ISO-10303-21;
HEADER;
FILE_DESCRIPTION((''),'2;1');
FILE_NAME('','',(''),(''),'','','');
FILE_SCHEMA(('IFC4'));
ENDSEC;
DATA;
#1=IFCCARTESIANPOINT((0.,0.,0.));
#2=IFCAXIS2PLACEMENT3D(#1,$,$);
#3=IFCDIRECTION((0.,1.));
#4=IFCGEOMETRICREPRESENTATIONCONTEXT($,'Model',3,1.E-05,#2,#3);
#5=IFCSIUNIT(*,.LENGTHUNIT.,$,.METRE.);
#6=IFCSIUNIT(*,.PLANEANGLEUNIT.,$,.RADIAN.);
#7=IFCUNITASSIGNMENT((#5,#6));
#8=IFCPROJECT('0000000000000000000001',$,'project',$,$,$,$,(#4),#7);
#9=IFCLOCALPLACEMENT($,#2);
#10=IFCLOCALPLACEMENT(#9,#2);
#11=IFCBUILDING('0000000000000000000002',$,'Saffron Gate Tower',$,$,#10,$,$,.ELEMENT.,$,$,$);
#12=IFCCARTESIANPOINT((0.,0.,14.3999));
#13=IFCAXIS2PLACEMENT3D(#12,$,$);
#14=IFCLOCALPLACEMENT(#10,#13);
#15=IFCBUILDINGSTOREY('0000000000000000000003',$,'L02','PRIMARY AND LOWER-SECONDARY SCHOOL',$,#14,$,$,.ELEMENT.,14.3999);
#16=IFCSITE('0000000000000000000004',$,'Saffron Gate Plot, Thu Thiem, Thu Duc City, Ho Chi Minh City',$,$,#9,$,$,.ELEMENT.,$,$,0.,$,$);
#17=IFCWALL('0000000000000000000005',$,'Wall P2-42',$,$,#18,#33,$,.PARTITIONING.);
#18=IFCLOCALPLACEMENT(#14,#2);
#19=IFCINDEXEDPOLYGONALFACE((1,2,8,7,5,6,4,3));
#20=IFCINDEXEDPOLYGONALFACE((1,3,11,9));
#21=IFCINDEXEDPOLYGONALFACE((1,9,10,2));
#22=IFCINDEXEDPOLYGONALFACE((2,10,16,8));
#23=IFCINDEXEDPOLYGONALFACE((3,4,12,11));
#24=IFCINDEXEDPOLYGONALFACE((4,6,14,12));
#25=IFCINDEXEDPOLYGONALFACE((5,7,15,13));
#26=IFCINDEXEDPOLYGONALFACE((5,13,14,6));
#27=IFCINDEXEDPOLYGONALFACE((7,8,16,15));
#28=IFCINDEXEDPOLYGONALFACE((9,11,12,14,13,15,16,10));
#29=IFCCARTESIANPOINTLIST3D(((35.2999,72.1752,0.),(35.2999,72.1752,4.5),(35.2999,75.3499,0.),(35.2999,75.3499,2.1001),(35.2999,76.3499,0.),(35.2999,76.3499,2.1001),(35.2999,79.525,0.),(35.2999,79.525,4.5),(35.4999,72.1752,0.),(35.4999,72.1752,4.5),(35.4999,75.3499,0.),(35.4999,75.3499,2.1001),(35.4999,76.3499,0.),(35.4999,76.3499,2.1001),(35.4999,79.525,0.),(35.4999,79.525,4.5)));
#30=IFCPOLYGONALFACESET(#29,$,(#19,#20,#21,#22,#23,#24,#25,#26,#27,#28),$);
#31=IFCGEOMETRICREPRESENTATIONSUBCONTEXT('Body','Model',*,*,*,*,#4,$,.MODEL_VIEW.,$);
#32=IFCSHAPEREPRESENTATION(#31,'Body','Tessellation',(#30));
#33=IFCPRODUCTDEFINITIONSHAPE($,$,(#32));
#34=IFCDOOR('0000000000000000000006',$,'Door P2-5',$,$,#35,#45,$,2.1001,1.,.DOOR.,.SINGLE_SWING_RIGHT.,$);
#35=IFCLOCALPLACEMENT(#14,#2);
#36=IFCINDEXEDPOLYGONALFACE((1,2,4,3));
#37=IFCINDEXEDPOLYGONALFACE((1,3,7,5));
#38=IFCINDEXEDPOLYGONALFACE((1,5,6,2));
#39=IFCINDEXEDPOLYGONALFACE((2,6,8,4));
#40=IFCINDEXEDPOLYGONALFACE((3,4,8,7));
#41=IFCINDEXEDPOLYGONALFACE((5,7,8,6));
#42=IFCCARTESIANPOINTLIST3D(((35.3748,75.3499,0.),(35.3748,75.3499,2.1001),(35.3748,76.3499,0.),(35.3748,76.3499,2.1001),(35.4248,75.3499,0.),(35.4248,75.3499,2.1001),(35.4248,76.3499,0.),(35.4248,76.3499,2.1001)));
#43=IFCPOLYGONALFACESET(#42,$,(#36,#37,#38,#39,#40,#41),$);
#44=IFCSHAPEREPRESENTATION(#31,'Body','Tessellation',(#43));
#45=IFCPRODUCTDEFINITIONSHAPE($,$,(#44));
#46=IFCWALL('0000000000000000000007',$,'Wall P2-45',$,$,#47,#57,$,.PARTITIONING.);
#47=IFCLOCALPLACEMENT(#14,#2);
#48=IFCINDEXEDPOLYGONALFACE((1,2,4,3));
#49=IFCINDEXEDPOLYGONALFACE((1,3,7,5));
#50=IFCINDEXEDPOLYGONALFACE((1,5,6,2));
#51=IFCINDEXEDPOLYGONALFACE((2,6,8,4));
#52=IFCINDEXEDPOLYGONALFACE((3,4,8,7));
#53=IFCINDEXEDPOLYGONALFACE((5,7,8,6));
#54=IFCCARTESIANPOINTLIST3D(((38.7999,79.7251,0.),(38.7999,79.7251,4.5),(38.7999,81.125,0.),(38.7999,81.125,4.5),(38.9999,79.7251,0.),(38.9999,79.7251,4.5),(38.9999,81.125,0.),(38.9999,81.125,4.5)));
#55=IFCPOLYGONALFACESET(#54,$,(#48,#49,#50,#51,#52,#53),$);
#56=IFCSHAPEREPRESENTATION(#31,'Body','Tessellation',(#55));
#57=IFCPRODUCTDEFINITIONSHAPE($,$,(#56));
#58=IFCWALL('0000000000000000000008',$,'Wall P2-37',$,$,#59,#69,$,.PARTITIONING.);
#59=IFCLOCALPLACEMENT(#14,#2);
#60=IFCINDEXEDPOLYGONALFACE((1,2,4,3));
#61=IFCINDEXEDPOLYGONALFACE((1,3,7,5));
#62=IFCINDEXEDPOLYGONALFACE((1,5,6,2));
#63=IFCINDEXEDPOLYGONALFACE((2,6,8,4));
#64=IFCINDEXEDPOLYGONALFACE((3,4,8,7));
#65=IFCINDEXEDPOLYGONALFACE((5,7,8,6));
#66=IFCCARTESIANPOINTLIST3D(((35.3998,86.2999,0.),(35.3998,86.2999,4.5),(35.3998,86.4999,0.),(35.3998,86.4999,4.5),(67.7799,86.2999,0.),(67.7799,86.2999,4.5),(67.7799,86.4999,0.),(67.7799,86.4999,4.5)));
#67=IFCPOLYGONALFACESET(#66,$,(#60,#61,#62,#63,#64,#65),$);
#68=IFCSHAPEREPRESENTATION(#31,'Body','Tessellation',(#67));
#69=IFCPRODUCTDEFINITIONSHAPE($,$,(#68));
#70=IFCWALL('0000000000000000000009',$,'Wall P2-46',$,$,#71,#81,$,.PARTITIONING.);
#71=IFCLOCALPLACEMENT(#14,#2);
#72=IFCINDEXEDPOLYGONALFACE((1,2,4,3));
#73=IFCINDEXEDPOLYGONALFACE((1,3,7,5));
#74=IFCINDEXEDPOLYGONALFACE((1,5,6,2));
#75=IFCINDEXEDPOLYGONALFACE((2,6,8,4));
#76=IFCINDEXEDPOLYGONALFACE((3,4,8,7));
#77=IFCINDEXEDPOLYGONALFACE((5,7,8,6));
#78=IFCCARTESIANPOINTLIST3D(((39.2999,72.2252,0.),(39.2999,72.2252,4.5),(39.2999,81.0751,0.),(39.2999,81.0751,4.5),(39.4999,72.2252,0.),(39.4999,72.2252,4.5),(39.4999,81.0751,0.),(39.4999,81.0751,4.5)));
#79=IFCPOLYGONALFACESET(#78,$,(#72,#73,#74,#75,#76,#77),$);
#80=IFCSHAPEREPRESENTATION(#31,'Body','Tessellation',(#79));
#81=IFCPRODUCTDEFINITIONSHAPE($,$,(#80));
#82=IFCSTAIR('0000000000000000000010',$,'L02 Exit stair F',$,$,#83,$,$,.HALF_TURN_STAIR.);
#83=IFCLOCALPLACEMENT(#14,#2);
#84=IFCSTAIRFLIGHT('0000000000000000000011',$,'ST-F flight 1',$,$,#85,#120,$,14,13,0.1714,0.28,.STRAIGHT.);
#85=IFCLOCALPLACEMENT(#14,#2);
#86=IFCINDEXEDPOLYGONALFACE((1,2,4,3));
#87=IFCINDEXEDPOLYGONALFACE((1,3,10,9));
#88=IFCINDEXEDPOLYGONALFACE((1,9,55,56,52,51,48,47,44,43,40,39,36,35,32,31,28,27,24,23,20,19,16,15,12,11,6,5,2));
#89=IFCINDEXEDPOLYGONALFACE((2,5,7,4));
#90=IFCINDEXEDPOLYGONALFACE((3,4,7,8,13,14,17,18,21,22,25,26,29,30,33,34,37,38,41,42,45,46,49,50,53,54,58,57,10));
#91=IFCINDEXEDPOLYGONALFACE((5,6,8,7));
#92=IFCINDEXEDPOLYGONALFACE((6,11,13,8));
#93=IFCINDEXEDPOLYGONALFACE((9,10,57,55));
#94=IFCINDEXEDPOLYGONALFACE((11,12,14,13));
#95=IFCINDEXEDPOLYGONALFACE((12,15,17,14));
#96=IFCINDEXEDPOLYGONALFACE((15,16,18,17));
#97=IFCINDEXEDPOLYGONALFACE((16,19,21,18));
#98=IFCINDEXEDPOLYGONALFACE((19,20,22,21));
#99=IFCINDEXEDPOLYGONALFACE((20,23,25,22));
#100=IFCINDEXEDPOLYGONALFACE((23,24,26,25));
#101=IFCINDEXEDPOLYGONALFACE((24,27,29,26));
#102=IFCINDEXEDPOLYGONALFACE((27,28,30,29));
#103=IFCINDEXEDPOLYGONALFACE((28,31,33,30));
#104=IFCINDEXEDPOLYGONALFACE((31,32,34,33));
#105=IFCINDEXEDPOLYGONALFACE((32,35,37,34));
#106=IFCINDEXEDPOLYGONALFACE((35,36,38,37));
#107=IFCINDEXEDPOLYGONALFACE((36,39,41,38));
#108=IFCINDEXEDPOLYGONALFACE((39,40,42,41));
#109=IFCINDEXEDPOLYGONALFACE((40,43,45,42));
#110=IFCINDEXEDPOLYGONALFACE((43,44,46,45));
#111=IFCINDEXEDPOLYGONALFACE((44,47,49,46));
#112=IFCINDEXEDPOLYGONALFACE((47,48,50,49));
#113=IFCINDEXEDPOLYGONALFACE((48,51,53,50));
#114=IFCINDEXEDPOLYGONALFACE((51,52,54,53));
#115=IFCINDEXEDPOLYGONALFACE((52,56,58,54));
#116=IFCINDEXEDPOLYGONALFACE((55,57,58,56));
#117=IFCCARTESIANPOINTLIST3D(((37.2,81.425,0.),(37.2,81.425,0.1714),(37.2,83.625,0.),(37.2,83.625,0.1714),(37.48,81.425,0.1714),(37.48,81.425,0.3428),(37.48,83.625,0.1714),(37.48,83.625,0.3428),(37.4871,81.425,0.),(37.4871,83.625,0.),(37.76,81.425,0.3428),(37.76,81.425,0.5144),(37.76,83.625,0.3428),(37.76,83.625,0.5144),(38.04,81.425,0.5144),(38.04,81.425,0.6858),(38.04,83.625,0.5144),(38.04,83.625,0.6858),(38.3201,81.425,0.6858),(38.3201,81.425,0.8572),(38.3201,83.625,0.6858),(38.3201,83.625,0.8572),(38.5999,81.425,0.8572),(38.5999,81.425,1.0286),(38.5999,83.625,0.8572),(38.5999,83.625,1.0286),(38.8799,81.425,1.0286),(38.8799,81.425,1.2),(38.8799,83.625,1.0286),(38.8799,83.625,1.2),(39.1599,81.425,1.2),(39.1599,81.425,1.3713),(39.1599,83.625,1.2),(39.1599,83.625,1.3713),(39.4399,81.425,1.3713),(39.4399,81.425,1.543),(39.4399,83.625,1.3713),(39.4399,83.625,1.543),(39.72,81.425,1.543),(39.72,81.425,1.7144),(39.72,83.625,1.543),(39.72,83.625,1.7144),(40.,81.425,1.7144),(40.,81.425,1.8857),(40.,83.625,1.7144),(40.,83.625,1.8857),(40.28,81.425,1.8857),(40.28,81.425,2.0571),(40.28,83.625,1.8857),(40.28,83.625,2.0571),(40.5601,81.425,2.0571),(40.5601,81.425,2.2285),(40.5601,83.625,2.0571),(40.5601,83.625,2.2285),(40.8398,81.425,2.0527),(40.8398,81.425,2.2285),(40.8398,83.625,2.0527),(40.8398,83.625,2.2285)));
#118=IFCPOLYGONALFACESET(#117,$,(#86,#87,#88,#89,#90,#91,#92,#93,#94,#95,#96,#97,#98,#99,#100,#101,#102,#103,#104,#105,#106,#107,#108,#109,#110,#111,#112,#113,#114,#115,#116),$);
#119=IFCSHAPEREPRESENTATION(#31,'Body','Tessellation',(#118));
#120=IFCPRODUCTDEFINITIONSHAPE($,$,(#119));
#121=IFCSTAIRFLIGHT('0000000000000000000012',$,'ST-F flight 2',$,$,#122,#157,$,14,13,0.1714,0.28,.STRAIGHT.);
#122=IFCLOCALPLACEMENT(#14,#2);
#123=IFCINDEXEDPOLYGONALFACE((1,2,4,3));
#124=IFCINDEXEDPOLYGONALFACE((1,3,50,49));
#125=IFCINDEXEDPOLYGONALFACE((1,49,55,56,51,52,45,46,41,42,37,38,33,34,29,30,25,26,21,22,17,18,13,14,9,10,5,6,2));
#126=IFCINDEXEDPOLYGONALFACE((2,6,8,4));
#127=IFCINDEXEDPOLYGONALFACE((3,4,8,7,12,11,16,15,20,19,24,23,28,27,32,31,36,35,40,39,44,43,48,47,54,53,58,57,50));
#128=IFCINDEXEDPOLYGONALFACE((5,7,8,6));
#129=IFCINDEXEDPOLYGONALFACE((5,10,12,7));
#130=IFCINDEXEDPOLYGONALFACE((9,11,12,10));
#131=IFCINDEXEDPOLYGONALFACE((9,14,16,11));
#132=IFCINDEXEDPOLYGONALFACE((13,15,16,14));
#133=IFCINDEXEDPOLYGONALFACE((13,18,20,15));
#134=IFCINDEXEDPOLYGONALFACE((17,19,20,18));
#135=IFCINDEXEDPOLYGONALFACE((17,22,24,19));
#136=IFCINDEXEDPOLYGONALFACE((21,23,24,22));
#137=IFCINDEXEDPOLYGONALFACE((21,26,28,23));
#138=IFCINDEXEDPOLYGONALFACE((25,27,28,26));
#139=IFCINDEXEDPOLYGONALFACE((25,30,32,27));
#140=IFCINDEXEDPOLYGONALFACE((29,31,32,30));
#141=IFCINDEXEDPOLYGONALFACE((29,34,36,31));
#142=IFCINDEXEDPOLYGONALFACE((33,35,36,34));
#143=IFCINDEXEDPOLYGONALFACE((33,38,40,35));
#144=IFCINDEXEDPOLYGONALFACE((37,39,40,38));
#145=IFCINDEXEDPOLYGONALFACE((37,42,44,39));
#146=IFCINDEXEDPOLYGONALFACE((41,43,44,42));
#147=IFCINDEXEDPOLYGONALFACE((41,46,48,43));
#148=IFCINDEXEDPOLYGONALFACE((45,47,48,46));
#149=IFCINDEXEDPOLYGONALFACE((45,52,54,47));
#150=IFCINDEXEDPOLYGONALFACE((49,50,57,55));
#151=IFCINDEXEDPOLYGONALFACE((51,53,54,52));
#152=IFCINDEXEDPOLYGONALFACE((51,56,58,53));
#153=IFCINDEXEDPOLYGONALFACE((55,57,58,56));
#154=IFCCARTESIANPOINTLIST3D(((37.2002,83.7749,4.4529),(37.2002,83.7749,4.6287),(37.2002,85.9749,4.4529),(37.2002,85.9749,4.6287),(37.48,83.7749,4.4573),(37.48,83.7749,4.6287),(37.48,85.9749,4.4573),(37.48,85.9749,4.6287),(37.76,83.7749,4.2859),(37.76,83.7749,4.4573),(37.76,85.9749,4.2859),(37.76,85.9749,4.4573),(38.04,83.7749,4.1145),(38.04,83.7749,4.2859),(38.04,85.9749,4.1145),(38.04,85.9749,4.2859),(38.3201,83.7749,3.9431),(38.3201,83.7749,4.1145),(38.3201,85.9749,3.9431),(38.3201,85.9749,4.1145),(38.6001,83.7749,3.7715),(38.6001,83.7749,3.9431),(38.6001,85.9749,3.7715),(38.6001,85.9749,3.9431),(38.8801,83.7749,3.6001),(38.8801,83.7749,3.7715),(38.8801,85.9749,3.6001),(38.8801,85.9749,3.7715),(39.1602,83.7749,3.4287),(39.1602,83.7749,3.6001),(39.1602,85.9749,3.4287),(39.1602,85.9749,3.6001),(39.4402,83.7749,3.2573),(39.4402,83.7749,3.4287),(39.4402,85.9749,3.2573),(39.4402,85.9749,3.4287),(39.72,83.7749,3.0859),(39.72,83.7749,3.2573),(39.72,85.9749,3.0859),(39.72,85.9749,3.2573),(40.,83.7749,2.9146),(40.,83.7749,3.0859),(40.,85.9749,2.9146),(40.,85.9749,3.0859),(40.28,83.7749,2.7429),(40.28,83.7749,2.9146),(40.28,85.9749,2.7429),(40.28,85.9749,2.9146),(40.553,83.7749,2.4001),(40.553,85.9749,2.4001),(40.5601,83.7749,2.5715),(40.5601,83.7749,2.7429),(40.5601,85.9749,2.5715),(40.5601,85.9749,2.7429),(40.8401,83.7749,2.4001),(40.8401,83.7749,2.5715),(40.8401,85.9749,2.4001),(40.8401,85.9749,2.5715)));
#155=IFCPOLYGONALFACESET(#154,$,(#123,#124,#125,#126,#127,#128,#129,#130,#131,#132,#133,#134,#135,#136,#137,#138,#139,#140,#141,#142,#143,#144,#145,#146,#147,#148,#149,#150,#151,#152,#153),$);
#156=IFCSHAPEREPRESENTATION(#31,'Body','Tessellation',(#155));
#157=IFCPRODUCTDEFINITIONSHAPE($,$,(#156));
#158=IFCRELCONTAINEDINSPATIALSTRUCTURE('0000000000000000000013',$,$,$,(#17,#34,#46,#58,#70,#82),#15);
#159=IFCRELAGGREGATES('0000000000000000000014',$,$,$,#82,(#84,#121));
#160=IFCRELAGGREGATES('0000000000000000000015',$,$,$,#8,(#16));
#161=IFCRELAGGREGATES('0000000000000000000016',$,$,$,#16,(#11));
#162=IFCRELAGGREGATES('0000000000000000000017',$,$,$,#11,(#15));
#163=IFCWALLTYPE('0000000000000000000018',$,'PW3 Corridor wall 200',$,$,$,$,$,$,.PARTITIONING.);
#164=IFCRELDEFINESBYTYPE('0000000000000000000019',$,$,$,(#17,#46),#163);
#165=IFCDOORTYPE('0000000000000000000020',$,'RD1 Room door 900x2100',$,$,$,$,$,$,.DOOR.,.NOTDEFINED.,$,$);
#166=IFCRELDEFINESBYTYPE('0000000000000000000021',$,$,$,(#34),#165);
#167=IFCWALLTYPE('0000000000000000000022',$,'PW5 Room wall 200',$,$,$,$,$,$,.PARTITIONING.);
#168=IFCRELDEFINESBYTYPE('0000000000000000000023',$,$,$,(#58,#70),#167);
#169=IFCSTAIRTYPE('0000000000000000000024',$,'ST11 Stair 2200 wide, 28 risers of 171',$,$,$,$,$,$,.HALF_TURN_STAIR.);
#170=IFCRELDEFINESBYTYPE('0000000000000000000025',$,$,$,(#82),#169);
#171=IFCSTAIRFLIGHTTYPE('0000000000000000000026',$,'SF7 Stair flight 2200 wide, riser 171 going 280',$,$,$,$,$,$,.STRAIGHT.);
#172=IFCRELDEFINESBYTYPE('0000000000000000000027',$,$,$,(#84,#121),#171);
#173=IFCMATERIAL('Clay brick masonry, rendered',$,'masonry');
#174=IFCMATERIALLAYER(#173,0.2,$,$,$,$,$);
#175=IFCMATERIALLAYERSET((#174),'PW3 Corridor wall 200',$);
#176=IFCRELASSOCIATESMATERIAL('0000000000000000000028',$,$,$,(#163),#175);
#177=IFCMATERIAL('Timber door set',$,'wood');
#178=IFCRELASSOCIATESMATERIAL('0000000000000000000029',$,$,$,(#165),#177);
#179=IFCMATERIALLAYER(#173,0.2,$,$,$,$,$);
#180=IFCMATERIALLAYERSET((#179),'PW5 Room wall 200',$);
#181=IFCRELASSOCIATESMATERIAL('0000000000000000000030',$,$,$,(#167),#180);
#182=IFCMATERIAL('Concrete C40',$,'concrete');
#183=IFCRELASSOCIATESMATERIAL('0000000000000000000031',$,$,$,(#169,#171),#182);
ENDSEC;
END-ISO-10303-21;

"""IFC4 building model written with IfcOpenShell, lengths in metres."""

from ifc_helpers import new_model, si_unit, direction, frame, frame_2d, origin, place, context, subcontext, project, spatial, polyline, rectangle, outline, extrude, material, layer, layer_set, type_object, element, fill, aggregate, save


model = new_model("IFC4")

# Units and contexts
model_context = context("Model", 3, precision=1e-05, world=origin(), true_north=direction((0.0, 1.0)))
body_context = subcontext(model_context, "Body", "Model", "MODEL_VIEW")
ifc_project = project(units=[si_unit("LENGTHUNIT", "METRE"), si_unit("PLANEANGLEUNIT", "RADIAN")], contexts=[model_context])

# Site, building, storey
site_placement = place(None, origin())
site = spatial("IfcSite", under=ifc_project, at=site_placement, Name="Saffron Gate Plot, Thu Thiem, Thu Duc City, Ho Chi Minh City", CompositionType="ELEMENT", RefElevation=0.0)
building_placement = place(site_placement, origin())
building = spatial("IfcBuilding", under=site, at=building_placement, Name="Saffron Gate Tower", CompositionType="ELEMENT")
storey_placement = place(building_placement, frame((0.0, 0.0, 14.3999)))
storey = spatial("IfcBuildingStorey", under=building, at=storey_placement, Name="L02", Description="PRIMARY AND LOWER-SECONDARY SCHOOL", CompositionType="ELEMENT", Elevation=14.3999)

# Shared definitions
ifc_material_1 = material(Name="Clay brick masonry, rendered", Category="masonry")
ifc_layer_1 = layer(ifc_material_1, 0.2)
ifc_layer_set_1 = layer_set([ifc_layer_1], Name="PW3 Corridor wall 200")
wall_type_1 = type_object("IfcWallType", Name="PW3 Corridor wall 200", PredefinedType="PARTITIONING", material=ifc_layer_set_1)

# Wall, opening, door
wall_1_placement = place(storey_placement, frame((35.3999, 79.5249, 0.0), z_axis=(0.0, 0.0, 1.0), x_axis=(0.0, -1.0, 0.0)))
wall_1 = element("IfcWall", 1, at=wall_1_placement, inside=storey, type_object=wall_type_1, Name="Wall P2-42", PredefinedType="PARTITIONING", context=body_context, shape_type="SweptSolid", body=[
    extrude(rectangle(XDim=7.3499, YDim=0.2, at=frame_2d((3.6748, 0.0))), origin(), (0.0, 0.0, 1.0), 4.5),
])
opening_placement = place(wall_1_placement, frame((3.175, 0.0, 0.0)))
opening = element("IfcOpeningElement", 2, at=opening_placement, cuts=wall_1, PredefinedType="OPENING", context=body_context, shape_type="SweptSolid", body=[
    extrude(rectangle(XDim=1.0, YDim=2.1001, at=frame_2d((0.5, 1.05))), frame((0.0, 0.1099, 0.0), z_axis=(0.0, -1.0, 0.0), x_axis=(1.0, 0.0, 0.0)), (0.0, 0.0, 1.0), 0.22),
])
ifc_material_2 = material(Name="Timber door set", Category="wood")
door_type = type_object("IfcDoorType", Name="RD1 Room door 900x2100", OperationType="NOTDEFINED", PredefinedType="DOOR", material=ifc_material_2)
door_placement = place(opening_placement, origin())
door = element("IfcDoor", 3, at=door_placement, inside=storey, type_object=door_type, Name="Door P2-5", OperationType="SINGLE_SWING_RIGHT", OverallHeight=2.1001, OverallWidth=1.0, PredefinedType="DOOR", context=body_context, shape_type="SweptSolid", body=[
    extrude(rectangle(XDim=1.0, YDim=2.1001, at=frame_2d((0.5, 1.05))), frame((0.0, 0.0249, 0.0), z_axis=(0.0, -1.0, 0.0), x_axis=(1.0, 0.0, 0.0)), (0.0, 0.0, 1.0), 0.05),
])
fill(opening, door)

# Walls
wall_2_placement = place(storey_placement, frame((38.8999, 81.125, 0.0), z_axis=(0.0, 0.0, 1.0), x_axis=(0.0, -1.0, 0.0)))
element("IfcWall", 4, at=wall_2_placement, inside=storey, type_object=wall_type_1, Name="Wall P2-45", PredefinedType="PARTITIONING", context=body_context, shape_type="SweptSolid", body=[
    extrude(rectangle(XDim=1.3999, YDim=0.2, at=frame_2d((0.7, 0.0))), origin(), (0.0, 0.0, 1.0), 4.5),
])
ifc_layer_2 = layer(ifc_material_1, 0.2)
ifc_layer_set_2 = layer_set([ifc_layer_2], Name="PW5 Room wall 200")
wall_type_2 = type_object("IfcWallType", Name="PW5 Room wall 200", PredefinedType="PARTITIONING", material=ifc_layer_set_2)
wall_3_placement = place(storey_placement, frame((35.3999, 86.3999, 0.0), z_axis=(0.0, 0.0, 1.0), x_axis=(1.0, 0.0, 0.0)))
element("IfcWall", 5, at=wall_3_placement, inside=storey, type_object=wall_type_2, Name="Wall P2-37", PredefinedType="PARTITIONING", context=body_context, shape_type="SweptSolid", body=[
    extrude(rectangle(XDim=32.3801, YDim=0.2, at=frame_2d((16.1899, 0.0))), origin(), (0.0, 0.0, 1.0), 4.5),
])
wall_4_placement = place(storey_placement, frame((39.3999, 81.075, 0.0), z_axis=(0.0, 0.0, 1.0), x_axis=(0.0, -1.0, 0.0)))
element("IfcWall", 6, at=wall_4_placement, inside=storey, type_object=wall_type_2, Name="Wall P2-46", PredefinedType="PARTITIONING", context=body_context, shape_type="SweptSolid", body=[
    extrude(rectangle(XDim=8.8499, YDim=0.2, at=frame_2d((4.4248, 0.0))), origin(), (0.0, 0.0, 1.0), 4.5),
])

# Stair, stair flights
ifc_material_3 = material(Name="Concrete C40", Category="concrete")
stair_type = type_object("IfcStairType", Name="ST11 Stair 2200 wide, 28 risers of 171", PredefinedType="HALF_TURN_STAIR", material=ifc_material_3)
stair_placement = place(storey_placement, origin())
stair = element("IfcStair", 7, at=stair_placement, inside=storey, type_object=stair_type, Name="L02 Exit stair F", PredefinedType="HALF_TURN_STAIR")
stair_flight_type = type_object("IfcStairFlightType", Name="SF7 Stair flight 2200 wide, riser 171 going 280", PredefinedType="STRAIGHT", material=ifc_material_3)
stair_flight_1_placement = place(storey_placement, frame((37.2, 82.5249, 0.0), z_axis=(0.0, 0.0, 1.0), x_axis=(1.0, 0.0, 0.0)))
stair_flight_1 = element("IfcStairFlight", 8, at=stair_flight_1_placement, type_object=stair_flight_type, Name="ST-F flight 1", NumberOfRisers=14, NumberOfTreads=13, PredefinedType="STRAIGHT", RiserHeight=0.1714, TreadLength=0.28, context=body_context, shape_type="SweptSolid", body=[
    extrude(outline(polyline([(0.0, 0.0), (0.0, 0.1714), (0.28, 0.1714), (0.28, 0.3428), (0.5601, 0.3428), (0.5601, 0.5144), (0.8401, 0.5144), (0.8401, 0.6858), (1.1201, 0.6858), (1.1201, 0.8572), (1.3999, 0.8572), (1.3999, 1.0286), (1.6799, 1.0286), (1.6799, 1.2), (1.96, 1.2), (1.96, 1.3713), (2.24, 1.3713), (2.24, 1.543), (2.52, 1.543), (2.52, 1.7144), (2.8, 1.7144), (2.8, 1.8857), (3.0801, 1.8857), (3.0801, 2.0571), (3.3601, 2.0571), (3.3601, 2.2285), (3.6399, 2.2285), (3.6399, 2.3999), (3.6399, 2.0527), (0.2871, 0.0), (0.0, 0.0)])), frame((0.0, 1.1001, 0.0), z_axis=(0.0, -1.0, 0.0), x_axis=(1.0, 0.0, 0.0)), (0.0, 0.0, 1.0), 2.2),
])
stair_flight_2_placement = place(storey_placement, frame((40.8401, 84.875, 2.4001), z_axis=(0.0, 0.0, 1.0), x_axis=(-1.0, 0.0, 0.0)))
stair_flight_2 = element("IfcStairFlight", 9, at=stair_flight_2_placement, type_object=stair_flight_type, Name="ST-F flight 2", NumberOfRisers=14, NumberOfTreads=13, PredefinedType="STRAIGHT", RiserHeight=0.1714, TreadLength=0.28, context=body_context, shape_type="SweptSolid", body=[
    extrude(outline(polyline([(0.0, 0.0), (0.0, 0.1714), (0.28, 0.1714), (0.28, 0.3428), (0.5601, 0.3428), (0.5601, 0.5144), (0.8401, 0.5144), (0.8401, 0.6858), (1.1201, 0.6858), (1.1201, 0.8572), (1.3999, 0.8572), (1.3999, 1.0286), (1.6799, 1.0286), (1.6799, 1.2), (1.96, 1.2), (1.96, 1.3713), (2.24, 1.3713), (2.24, 1.543), (2.52, 1.543), (2.52, 1.7144), (2.8, 1.7144), (2.8, 1.8857), (3.0801, 1.8857), (3.0801, 2.0571), (3.3601, 2.0571), (3.3601, 2.2285), (3.6399, 2.2285), (3.6399, 2.3999), (3.6399, 2.0527), (0.2871, 0.0), (0.0, 0.0)])), frame((0.0, 1.1001, 0.0), z_axis=(0.0, -1.0, 0.0), x_axis=(1.0, 0.0, 0.0)), (0.0, 0.0, 1.0), 2.2),
])
aggregate(stair, [stair_flight_1, stair_flight_2])

save(model, "model.ifc")
